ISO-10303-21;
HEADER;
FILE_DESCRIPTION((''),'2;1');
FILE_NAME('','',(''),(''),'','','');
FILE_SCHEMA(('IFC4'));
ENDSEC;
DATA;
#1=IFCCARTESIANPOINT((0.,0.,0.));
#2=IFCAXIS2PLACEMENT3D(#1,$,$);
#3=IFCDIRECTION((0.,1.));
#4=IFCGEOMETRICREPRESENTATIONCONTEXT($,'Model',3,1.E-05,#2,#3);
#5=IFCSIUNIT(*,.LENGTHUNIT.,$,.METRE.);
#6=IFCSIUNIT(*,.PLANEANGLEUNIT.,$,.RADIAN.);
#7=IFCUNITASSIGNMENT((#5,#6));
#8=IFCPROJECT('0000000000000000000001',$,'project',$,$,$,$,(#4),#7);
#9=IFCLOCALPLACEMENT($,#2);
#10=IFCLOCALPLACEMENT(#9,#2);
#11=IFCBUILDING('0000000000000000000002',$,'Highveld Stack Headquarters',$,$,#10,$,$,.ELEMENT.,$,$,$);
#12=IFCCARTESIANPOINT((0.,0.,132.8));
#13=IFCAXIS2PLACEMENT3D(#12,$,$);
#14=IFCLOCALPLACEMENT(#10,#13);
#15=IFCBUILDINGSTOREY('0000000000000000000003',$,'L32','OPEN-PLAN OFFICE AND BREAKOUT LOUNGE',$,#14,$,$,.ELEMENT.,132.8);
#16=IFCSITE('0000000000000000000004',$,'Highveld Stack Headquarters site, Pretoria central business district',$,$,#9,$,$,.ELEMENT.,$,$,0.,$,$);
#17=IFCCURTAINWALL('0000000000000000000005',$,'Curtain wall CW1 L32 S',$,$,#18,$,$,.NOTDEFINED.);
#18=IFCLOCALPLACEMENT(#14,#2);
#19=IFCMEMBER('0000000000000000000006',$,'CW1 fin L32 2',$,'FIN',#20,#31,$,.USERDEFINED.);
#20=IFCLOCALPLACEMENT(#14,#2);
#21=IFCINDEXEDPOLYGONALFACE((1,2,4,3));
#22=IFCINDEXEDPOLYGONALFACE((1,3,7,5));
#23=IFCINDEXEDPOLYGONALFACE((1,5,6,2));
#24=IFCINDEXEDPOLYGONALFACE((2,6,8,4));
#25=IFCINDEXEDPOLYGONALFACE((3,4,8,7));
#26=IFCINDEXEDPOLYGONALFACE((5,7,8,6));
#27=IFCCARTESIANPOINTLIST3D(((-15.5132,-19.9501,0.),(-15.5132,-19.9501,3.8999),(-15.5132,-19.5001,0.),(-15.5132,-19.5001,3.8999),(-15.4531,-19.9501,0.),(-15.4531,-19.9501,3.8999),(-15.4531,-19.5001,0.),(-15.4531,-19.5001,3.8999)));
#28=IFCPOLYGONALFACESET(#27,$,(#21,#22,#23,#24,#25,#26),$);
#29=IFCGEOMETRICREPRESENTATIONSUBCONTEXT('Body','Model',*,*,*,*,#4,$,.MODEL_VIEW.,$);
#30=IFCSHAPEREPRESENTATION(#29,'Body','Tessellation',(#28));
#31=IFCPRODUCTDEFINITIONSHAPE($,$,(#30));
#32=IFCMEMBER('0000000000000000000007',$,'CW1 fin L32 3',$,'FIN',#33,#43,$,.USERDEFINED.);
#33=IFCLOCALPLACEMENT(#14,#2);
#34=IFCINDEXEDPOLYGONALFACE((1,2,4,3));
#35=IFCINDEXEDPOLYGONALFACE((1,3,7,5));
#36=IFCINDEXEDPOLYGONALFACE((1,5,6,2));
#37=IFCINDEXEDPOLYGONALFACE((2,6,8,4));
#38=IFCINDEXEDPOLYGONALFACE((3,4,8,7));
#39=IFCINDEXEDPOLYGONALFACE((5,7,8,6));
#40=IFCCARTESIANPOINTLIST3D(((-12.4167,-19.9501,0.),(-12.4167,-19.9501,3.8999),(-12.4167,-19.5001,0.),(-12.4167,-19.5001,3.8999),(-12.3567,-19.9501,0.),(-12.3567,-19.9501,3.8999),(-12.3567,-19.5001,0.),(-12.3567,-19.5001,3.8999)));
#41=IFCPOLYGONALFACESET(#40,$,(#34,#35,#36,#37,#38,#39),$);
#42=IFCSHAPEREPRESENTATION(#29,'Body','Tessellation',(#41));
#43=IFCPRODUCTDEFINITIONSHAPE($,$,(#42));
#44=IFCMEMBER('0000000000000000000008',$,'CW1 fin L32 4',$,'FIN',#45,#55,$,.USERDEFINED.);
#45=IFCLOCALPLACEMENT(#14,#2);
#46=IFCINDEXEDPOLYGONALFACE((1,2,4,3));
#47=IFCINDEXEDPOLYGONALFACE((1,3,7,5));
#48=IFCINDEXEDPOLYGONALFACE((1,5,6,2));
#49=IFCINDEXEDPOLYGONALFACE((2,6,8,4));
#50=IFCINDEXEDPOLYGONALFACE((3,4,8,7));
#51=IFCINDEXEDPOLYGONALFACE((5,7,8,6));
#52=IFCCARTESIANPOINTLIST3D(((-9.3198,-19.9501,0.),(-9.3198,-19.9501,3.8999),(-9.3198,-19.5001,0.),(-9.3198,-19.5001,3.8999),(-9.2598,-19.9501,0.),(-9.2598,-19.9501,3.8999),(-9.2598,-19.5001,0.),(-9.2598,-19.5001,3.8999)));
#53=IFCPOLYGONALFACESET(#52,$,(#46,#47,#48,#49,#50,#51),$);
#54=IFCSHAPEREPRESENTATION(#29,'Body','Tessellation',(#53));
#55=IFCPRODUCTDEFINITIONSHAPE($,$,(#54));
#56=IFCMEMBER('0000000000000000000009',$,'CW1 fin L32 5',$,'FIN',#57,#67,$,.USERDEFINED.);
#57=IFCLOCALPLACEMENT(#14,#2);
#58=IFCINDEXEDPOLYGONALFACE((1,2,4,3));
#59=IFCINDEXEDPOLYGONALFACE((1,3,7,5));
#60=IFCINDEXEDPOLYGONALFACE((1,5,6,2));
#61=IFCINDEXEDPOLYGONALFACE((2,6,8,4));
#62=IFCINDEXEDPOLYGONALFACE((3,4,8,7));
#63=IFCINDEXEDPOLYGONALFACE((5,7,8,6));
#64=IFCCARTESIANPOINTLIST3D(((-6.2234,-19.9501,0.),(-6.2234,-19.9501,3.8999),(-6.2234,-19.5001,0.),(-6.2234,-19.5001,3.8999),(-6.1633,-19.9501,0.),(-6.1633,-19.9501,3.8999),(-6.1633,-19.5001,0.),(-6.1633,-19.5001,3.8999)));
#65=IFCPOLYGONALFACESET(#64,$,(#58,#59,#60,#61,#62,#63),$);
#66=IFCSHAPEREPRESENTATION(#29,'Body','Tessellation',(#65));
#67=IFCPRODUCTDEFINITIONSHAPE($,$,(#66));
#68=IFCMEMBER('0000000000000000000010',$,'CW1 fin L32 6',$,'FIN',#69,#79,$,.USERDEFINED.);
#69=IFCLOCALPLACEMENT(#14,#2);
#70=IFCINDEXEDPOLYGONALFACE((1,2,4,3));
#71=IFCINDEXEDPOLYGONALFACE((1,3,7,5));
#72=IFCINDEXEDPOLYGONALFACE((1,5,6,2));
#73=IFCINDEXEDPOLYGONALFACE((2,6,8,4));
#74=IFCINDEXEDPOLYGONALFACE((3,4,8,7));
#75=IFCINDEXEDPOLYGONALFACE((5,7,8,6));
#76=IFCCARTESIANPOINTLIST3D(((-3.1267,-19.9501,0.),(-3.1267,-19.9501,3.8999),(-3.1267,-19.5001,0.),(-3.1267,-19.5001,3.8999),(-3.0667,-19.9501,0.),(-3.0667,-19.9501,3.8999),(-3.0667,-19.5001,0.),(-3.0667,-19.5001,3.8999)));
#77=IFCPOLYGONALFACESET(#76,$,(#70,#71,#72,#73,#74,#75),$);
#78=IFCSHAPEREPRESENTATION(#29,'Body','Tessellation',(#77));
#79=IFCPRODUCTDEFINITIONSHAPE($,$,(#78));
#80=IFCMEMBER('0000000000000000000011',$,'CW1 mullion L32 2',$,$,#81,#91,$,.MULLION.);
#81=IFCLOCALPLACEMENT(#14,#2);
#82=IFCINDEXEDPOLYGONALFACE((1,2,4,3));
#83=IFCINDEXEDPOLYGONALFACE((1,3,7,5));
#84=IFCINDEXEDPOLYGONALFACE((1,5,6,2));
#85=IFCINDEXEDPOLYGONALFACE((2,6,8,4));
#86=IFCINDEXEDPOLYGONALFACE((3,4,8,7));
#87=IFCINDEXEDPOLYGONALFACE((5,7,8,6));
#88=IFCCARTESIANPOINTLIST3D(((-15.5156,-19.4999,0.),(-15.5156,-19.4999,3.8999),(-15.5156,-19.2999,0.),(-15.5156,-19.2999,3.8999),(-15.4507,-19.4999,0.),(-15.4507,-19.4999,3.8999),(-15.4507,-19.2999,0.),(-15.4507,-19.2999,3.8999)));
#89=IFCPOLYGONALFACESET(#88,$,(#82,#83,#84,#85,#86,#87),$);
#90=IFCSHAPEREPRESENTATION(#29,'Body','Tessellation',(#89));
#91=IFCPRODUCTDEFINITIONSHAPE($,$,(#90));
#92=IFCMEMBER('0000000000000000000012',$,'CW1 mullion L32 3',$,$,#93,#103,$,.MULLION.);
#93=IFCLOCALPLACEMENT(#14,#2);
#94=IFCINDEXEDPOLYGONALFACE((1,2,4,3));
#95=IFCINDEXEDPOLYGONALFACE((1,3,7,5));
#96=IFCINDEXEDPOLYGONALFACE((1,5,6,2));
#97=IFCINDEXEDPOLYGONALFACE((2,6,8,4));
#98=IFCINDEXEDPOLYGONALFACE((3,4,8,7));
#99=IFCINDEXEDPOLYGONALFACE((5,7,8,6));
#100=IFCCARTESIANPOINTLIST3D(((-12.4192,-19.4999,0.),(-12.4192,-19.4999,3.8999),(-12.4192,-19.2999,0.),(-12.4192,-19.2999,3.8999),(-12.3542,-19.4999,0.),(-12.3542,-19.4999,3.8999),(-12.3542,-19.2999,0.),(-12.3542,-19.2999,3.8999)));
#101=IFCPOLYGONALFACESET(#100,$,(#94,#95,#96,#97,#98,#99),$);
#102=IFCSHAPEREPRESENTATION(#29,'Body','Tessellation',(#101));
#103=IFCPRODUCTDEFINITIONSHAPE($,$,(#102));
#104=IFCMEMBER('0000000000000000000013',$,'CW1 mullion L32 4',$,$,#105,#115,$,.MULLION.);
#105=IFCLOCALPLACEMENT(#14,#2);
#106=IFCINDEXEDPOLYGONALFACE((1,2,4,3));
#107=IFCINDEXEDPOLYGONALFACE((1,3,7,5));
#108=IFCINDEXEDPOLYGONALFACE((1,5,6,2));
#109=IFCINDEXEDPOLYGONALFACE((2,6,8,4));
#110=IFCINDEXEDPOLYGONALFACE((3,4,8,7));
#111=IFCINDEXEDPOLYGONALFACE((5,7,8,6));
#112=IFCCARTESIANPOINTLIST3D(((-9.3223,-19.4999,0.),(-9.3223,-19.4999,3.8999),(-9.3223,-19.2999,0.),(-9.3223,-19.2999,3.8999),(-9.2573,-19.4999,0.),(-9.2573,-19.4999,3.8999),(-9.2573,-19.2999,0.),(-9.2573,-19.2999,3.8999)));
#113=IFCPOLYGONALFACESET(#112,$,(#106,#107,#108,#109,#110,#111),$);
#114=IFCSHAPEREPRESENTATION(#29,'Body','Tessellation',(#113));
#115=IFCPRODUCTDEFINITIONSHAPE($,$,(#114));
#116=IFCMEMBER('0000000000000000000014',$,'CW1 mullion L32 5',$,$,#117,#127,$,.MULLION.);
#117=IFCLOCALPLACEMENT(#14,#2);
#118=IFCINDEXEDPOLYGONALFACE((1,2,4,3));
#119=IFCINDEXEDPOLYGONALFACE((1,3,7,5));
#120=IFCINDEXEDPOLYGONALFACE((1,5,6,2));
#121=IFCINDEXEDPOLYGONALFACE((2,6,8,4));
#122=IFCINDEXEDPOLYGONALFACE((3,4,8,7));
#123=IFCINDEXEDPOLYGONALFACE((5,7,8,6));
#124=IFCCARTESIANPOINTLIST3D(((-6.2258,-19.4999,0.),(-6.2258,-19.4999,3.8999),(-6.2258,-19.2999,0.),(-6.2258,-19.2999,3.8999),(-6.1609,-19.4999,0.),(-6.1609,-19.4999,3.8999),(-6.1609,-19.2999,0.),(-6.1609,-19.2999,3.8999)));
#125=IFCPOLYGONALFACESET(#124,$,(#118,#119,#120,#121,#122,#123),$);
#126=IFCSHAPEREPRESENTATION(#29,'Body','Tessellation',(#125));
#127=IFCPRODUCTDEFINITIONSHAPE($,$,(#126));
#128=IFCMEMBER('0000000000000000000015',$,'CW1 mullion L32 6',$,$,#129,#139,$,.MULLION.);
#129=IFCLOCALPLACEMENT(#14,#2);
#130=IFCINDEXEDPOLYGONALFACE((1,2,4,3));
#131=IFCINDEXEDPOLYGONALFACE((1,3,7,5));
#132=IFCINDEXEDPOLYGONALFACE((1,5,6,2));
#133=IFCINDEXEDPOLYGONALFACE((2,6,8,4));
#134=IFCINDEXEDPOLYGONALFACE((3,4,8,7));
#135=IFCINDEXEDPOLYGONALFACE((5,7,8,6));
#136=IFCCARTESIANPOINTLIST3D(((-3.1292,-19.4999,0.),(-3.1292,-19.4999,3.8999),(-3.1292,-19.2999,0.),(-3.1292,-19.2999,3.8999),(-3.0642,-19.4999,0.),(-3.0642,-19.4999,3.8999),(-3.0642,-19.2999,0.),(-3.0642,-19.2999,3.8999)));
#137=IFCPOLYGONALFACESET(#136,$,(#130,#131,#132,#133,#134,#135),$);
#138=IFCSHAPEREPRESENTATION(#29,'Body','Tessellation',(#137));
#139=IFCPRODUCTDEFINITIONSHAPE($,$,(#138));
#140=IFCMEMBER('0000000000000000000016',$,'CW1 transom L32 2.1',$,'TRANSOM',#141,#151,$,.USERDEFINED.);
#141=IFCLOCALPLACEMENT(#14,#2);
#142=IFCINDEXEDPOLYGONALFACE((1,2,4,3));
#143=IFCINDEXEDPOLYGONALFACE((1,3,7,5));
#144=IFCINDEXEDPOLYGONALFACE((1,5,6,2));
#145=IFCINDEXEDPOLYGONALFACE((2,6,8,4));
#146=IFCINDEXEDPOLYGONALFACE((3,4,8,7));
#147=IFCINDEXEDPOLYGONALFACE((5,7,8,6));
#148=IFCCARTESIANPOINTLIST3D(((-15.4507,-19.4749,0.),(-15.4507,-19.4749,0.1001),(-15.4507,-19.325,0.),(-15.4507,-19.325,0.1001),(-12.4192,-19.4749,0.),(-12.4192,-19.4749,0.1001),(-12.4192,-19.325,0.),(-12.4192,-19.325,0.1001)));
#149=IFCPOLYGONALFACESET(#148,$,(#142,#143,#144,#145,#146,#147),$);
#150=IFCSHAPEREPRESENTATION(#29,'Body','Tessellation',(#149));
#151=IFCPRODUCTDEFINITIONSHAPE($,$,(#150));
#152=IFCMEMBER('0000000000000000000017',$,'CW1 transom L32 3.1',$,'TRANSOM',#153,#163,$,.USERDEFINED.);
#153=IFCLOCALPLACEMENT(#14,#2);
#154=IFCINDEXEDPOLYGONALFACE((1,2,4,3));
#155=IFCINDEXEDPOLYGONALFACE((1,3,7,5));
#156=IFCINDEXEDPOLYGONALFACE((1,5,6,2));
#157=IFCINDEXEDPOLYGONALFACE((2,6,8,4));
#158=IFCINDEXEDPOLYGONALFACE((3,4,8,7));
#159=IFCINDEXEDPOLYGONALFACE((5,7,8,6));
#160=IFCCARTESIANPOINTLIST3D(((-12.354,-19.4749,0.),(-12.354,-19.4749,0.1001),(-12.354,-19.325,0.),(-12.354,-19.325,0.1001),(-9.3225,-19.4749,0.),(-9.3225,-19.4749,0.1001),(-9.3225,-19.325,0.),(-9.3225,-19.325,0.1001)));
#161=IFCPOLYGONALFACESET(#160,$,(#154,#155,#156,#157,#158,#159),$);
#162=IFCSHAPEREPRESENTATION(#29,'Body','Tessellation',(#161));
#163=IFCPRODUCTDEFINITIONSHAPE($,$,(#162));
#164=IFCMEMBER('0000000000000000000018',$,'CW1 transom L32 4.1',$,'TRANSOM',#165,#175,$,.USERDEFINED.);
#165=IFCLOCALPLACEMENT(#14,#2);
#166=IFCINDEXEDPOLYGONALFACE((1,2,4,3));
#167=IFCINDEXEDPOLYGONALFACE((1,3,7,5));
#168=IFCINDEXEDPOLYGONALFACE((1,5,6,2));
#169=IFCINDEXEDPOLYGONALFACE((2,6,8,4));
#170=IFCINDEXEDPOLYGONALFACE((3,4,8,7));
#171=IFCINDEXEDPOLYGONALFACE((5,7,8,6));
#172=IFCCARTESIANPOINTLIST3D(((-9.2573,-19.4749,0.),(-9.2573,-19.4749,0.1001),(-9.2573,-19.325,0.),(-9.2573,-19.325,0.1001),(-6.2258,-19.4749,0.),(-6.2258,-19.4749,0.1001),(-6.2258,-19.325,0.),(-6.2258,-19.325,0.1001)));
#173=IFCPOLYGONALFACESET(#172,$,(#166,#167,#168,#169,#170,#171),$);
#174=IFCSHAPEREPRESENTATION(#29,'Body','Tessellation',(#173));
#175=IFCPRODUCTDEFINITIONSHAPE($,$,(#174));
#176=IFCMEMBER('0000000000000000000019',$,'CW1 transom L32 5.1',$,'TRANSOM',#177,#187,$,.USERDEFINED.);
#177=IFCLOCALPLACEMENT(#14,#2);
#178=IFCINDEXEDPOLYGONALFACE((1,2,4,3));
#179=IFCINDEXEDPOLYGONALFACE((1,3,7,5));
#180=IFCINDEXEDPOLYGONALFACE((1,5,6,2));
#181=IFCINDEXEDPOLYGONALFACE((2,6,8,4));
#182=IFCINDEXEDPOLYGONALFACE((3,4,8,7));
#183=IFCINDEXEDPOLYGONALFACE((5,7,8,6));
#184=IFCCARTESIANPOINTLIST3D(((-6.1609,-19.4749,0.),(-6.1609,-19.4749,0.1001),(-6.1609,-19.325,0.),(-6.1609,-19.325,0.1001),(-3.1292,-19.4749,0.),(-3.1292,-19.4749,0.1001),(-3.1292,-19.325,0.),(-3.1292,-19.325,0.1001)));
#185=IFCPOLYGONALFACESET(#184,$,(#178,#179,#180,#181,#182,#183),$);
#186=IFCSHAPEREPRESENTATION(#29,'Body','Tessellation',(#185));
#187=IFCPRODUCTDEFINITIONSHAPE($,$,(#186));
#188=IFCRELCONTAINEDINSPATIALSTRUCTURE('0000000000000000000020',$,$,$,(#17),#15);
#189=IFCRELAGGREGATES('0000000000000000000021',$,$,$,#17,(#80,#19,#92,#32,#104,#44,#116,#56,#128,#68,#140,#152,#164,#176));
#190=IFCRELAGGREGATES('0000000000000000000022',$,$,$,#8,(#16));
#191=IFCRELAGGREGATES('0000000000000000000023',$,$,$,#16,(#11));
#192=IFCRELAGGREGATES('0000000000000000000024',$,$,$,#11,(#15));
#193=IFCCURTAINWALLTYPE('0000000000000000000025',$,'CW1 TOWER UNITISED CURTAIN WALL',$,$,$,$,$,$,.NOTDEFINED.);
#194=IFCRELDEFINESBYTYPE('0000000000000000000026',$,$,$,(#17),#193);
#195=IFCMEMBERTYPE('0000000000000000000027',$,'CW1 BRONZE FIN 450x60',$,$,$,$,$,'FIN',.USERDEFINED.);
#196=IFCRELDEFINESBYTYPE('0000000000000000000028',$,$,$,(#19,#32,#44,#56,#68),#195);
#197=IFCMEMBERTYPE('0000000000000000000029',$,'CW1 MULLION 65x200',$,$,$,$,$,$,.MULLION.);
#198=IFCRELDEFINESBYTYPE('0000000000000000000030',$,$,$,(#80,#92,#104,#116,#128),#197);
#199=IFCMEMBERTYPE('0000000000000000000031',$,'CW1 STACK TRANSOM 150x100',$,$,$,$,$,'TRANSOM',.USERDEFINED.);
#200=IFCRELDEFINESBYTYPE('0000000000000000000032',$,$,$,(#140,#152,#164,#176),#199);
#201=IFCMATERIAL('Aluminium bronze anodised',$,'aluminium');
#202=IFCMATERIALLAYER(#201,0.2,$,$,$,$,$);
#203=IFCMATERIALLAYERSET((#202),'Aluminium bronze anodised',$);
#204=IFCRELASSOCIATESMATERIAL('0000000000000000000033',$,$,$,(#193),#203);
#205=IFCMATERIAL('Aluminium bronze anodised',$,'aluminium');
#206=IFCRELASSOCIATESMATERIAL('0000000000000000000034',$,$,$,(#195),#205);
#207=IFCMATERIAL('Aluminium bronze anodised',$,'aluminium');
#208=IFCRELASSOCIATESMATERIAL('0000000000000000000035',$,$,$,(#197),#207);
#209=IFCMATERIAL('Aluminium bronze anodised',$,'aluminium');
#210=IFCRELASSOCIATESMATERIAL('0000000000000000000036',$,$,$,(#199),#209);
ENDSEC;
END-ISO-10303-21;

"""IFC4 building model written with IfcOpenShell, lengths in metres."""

from ifc_helpers import new_model, si_unit, direction, frame, origin, origin_2d, place, context, subcontext, project, spatial, rectangle, extrude, material, layer, layer_set, material_profile, profile_set, type_object, element, aggregate, save


model = new_model("IFC4")

# Units and contexts
model_context = context("Model", 3, precision=1e-05, world=origin(), true_north=direction((0.0, 1.0)))
body_context = subcontext(model_context, "Body", "Model", "MODEL_VIEW")
ifc_project = project(units=[si_unit("LENGTHUNIT", "METRE"), si_unit("PLANEANGLEUNIT", "RADIAN")], contexts=[model_context])

# Site, building, storey
site_placement = place(None, origin())
site = spatial("IfcSite", under=ifc_project, at=site_placement, Name="Highveld Stack Headquarters site, Pretoria central business district", CompositionType="ELEMENT", RefElevation=0.0)
building_placement = place(site_placement, origin())
building = spatial("IfcBuilding", under=site, at=building_placement, Name="Highveld Stack Headquarters", CompositionType="ELEMENT")
storey_placement = place(building_placement, frame((0.0, 0.0, 132.8)))
storey = spatial("IfcBuildingStorey", under=building, at=storey_placement, Name="L32", Description="OPEN-PLAN OFFICE AND BREAKOUT LOUNGE", CompositionType="ELEMENT", Elevation=132.8)

# Curtain wall, members
ifc_material_1 = material(Name="Aluminium bronze anodised", Category="aluminium")
ifc_layer_1 = layer(ifc_material_1, 0.2)
ifc_layer_set_1 = layer_set([ifc_layer_1], Name="Aluminium bronze anodised")
curtain_wall_type = type_object("IfcCurtainWallType", Name="CW1 TOWER UNITISED CURTAIN WALL", PredefinedType="NOTDEFINED", material=ifc_layer_set_1)
curtain_wall_placement = place(storey_placement, origin())
curtain_wall = element("IfcCurtainWall", 1, at=curtain_wall_placement, inside=storey, type_object=curtain_wall_type, Name="Curtain wall CW1 L32 S", PredefinedType="NOTDEFINED")
ifc_material_2 = material(Name="Aluminium bronze anodised", Category="aluminium")
ifc_material_profile_1 = material_profile(ifc_material_2, rectangle(XDim=0.45, YDim=0.0601, at=origin_2d()), Name="FIN 450x60")
ifc_profile_set_1 = profile_set([ifc_material_profile_1], Name="Aluminium bronze anodised")
member_type_1 = type_object("IfcMemberType", Name="CW1 BRONZE FIN 450x60", ElementType="FIN", PredefinedType="USERDEFINED", material=ifc_profile_set_1)
member_1_placement = place(storey_placement, frame((-15.4832, -19.7251, 0.0), z_axis=(0.0, 0.0, 1.0), x_axis=(0.0, 1.0, 0.0)))
member_1 = element("IfcMember", 2, at=member_1_placement, type_object=member_type_1, Name="CW1 fin L32 2", ObjectType="FIN", PredefinedType="USERDEFINED", context=body_context, shape_type="SweptSolid", body=[
    extrude(rectangle(XDim=0.45, YDim=0.0601, at=origin_2d()), origin(), (0.0, 0.0, 1.0), 3.8999),
])
member_2_placement = place(storey_placement, frame((-12.3867, -19.7251, 0.0), z_axis=(0.0, 0.0, 1.0), x_axis=(0.0, 1.0, 0.0)))
member_2 = element("IfcMember", 3, at=member_2_placement, type_object=member_type_1, Name="CW1 fin L32 3", ObjectType="FIN", PredefinedType="USERDEFINED", context=body_context, shape_type="SweptSolid", body=[
    extrude(rectangle(XDim=0.45, YDim=0.0601, at=origin_2d()), origin(), (0.0, 0.0, 1.0), 3.8999),
])
member_3_placement = place(storey_placement, frame((-9.2898, -19.7251, 0.0), z_axis=(0.0, 0.0, 1.0), x_axis=(0.0, 1.0, 0.0)))
member_3 = element("IfcMember", 4, at=member_3_placement, type_object=member_type_1, Name="CW1 fin L32 4", ObjectType="FIN", PredefinedType="USERDEFINED", context=body_context, shape_type="SweptSolid", body=[
    extrude(rectangle(XDim=0.45, YDim=0.0601, at=origin_2d()), origin(), (0.0, 0.0, 1.0), 3.8999),
])
member_4_placement = place(storey_placement, frame((-6.1934, -19.7251, 0.0), z_axis=(0.0, 0.0, 1.0), x_axis=(0.0, 1.0, 0.0)))
member_4 = element("IfcMember", 5, at=member_4_placement, type_object=member_type_1, Name="CW1 fin L32 5", ObjectType="FIN", PredefinedType="USERDEFINED", context=body_context, shape_type="SweptSolid", body=[
    extrude(rectangle(XDim=0.45, YDim=0.0601, at=origin_2d()), origin(), (0.0, 0.0, 1.0), 3.8999),
])
member_5_placement = place(storey_placement, frame((-3.0967, -19.7251, 0.0), z_axis=(0.0, 0.0, 1.0), x_axis=(0.0, 1.0, 0.0)))
member_5 = element("IfcMember", 6, at=member_5_placement, type_object=member_type_1, Name="CW1 fin L32 6", ObjectType="FIN", PredefinedType="USERDEFINED", context=body_context, shape_type="SweptSolid", body=[
    extrude(rectangle(XDim=0.45, YDim=0.0601, at=origin_2d()), origin(), (0.0, 0.0, 1.0), 3.8999),
])
ifc_material_3 = material(Name="Aluminium bronze anodised", Category="aluminium")
ifc_material_profile_2 = material_profile(ifc_material_3, rectangle(XDim=0.2, YDim=0.0649, at=origin_2d()), Name="CW1 MULLION 65x200")
ifc_profile_set_2 = profile_set([ifc_material_profile_2], Name="Aluminium bronze anodised")
member_type_2 = type_object("IfcMemberType", Name="CW1 MULLION 65x200", PredefinedType="MULLION", material=ifc_profile_set_2)
member_6_placement = place(storey_placement, frame((-15.4832, -19.3999, 0.0), z_axis=(0.0, 0.0, 1.0), x_axis=(0.0, 1.0, 0.0)))
member_6 = element("IfcMember", 7, at=member_6_placement, type_object=member_type_2, Name="CW1 mullion L32 2", PredefinedType="MULLION", context=body_context, shape_type="SweptSolid", body=[
    extrude(rectangle(XDim=0.2, YDim=0.0649, at=origin_2d()), origin(), (0.0, 0.0, 1.0), 3.8999),
])
member_7_placement = place(storey_placement, frame((-12.3867, -19.3999, 0.0), z_axis=(0.0, 0.0, 1.0), x_axis=(0.0, 1.0, 0.0)))
member_7 = element("IfcMember", 8, at=member_7_placement, type_object=member_type_2, Name="CW1 mullion L32 3", PredefinedType="MULLION", context=body_context, shape_type="SweptSolid", body=[
    extrude(rectangle(XDim=0.2, YDim=0.0649, at=origin_2d()), origin(), (0.0, 0.0, 1.0), 3.8999),
])
member_8_placement = place(storey_placement, frame((-9.2898, -19.3999, 0.0), z_axis=(0.0, 0.0, 1.0), x_axis=(0.0, 1.0, 0.0)))
member_8 = element("IfcMember", 9, at=member_8_placement, type_object=member_type_2, Name="CW1 mullion L32 4", PredefinedType="MULLION", context=body_context, shape_type="SweptSolid", body=[
    extrude(rectangle(XDim=0.2, YDim=0.0649, at=origin_2d()), origin(), (0.0, 0.0, 1.0), 3.8999),
])
member_9_placement = place(storey_placement, frame((-6.1934, -19.3999, 0.0), z_axis=(0.0, 0.0, 1.0), x_axis=(0.0, 1.0, 0.0)))
member_9 = element("IfcMember", 10, at=member_9_placement, type_object=member_type_2, Name="CW1 mullion L32 5", PredefinedType="MULLION", context=body_context, shape_type="SweptSolid", body=[
    extrude(rectangle(XDim=0.2, YDim=0.0649, at=origin_2d()), origin(), (0.0, 0.0, 1.0), 3.8999),
])
member_10_placement = place(storey_placement, frame((-3.0967, -19.3999, 0.0), z_axis=(0.0, 0.0, 1.0), x_axis=(0.0, 1.0, 0.0)))
member_10 = element("IfcMember", 11, at=member_10_placement, type_object=member_type_2, Name="CW1 mullion L32 6", PredefinedType="MULLION", context=body_context, shape_type="SweptSolid", body=[
    extrude(rectangle(XDim=0.2, YDim=0.0649, at=origin_2d()), origin(), (0.0, 0.0, 1.0), 3.8999),
])
ifc_material_4 = material(Name="Aluminium bronze anodised", Category="aluminium")
ifc_material_profile_3 = material_profile(ifc_material_4, rectangle(XDim=0.1499, YDim=0.1001, at=origin_2d()), Name="CW1 TRANSOM 150x100")
ifc_profile_set_3 = profile_set([ifc_material_profile_3], Name="Aluminium bronze anodised")
member_type_3 = type_object("IfcMemberType", Name="CW1 STACK TRANSOM 150x100", ElementType="TRANSOM", PredefinedType="USERDEFINED", material=ifc_profile_set_3)
member_11_placement = place(storey_placement, frame((-15.4507, -19.3999, 0.05), z_axis=(1.0, 0.0, 0.0), x_axis=(0.0, 1.0, 0.0)))
member_11 = element("IfcMember", 12, at=member_11_placement, type_object=member_type_3, Name="CW1 transom L32 2.1", ObjectType="TRANSOM", PredefinedType="USERDEFINED", context=body_context, shape_type="SweptSolid", body=[
    extrude(rectangle(XDim=0.1499, YDim=0.1001, at=origin_2d()), origin(), (0.0, 0.0, 1.0), 3.0315),
])
member_12_placement = place(storey_placement, frame((-12.354, -19.3999, 0.05), z_axis=(1.0, 0.0, 0.0), x_axis=(0.0, 1.0, 0.0)))
member_12 = element("IfcMember", 13, at=member_12_placement, type_object=member_type_3, Name="CW1 transom L32 3.1", ObjectType="TRANSOM", PredefinedType="USERDEFINED", context=body_context, shape_type="SweptSolid", body=[
    extrude(rectangle(XDim=0.1499, YDim=0.1001, at=origin_2d()), origin(), (0.0, 0.0, 1.0), 3.0315),
])
member_13_placement = place(storey_placement, frame((-9.2573, -19.3999, 0.05), z_axis=(1.0, 0.0, 0.0), x_axis=(0.0, 1.0, 0.0)))
member_13 = element("IfcMember", 14, at=member_13_placement, type_object=member_type_3, Name="CW1 transom L32 4.1", ObjectType="TRANSOM", PredefinedType="USERDEFINED", context=body_context, shape_type="SweptSolid", body=[
    extrude(rectangle(XDim=0.1499, YDim=0.1001, at=origin_2d()), origin(), (0.0, 0.0, 1.0), 3.0315),
])
member_14_placement = place(storey_placement, frame((-6.1609, -19.3999, 0.05), z_axis=(1.0, 0.0, 0.0), x_axis=(0.0, 1.0, 0.0)))
member_14 = element("IfcMember", 15, at=member_14_placement, type_object=member_type_3, Name="CW1 transom L32 5.1", ObjectType="TRANSOM", PredefinedType="USERDEFINED", context=body_context, shape_type="SweptSolid", body=[
    extrude(rectangle(XDim=0.1499, YDim=0.1001, at=origin_2d()), origin(), (0.0, 0.0, 1.0), 3.0317),
])
aggregate(curtain_wall, [member_6, member_1, member_7, member_2, member_8, member_3, member_9, member_4, member_10, member_5, member_11, member_12, member_13, member_14])

save(model, "model.ifc")
